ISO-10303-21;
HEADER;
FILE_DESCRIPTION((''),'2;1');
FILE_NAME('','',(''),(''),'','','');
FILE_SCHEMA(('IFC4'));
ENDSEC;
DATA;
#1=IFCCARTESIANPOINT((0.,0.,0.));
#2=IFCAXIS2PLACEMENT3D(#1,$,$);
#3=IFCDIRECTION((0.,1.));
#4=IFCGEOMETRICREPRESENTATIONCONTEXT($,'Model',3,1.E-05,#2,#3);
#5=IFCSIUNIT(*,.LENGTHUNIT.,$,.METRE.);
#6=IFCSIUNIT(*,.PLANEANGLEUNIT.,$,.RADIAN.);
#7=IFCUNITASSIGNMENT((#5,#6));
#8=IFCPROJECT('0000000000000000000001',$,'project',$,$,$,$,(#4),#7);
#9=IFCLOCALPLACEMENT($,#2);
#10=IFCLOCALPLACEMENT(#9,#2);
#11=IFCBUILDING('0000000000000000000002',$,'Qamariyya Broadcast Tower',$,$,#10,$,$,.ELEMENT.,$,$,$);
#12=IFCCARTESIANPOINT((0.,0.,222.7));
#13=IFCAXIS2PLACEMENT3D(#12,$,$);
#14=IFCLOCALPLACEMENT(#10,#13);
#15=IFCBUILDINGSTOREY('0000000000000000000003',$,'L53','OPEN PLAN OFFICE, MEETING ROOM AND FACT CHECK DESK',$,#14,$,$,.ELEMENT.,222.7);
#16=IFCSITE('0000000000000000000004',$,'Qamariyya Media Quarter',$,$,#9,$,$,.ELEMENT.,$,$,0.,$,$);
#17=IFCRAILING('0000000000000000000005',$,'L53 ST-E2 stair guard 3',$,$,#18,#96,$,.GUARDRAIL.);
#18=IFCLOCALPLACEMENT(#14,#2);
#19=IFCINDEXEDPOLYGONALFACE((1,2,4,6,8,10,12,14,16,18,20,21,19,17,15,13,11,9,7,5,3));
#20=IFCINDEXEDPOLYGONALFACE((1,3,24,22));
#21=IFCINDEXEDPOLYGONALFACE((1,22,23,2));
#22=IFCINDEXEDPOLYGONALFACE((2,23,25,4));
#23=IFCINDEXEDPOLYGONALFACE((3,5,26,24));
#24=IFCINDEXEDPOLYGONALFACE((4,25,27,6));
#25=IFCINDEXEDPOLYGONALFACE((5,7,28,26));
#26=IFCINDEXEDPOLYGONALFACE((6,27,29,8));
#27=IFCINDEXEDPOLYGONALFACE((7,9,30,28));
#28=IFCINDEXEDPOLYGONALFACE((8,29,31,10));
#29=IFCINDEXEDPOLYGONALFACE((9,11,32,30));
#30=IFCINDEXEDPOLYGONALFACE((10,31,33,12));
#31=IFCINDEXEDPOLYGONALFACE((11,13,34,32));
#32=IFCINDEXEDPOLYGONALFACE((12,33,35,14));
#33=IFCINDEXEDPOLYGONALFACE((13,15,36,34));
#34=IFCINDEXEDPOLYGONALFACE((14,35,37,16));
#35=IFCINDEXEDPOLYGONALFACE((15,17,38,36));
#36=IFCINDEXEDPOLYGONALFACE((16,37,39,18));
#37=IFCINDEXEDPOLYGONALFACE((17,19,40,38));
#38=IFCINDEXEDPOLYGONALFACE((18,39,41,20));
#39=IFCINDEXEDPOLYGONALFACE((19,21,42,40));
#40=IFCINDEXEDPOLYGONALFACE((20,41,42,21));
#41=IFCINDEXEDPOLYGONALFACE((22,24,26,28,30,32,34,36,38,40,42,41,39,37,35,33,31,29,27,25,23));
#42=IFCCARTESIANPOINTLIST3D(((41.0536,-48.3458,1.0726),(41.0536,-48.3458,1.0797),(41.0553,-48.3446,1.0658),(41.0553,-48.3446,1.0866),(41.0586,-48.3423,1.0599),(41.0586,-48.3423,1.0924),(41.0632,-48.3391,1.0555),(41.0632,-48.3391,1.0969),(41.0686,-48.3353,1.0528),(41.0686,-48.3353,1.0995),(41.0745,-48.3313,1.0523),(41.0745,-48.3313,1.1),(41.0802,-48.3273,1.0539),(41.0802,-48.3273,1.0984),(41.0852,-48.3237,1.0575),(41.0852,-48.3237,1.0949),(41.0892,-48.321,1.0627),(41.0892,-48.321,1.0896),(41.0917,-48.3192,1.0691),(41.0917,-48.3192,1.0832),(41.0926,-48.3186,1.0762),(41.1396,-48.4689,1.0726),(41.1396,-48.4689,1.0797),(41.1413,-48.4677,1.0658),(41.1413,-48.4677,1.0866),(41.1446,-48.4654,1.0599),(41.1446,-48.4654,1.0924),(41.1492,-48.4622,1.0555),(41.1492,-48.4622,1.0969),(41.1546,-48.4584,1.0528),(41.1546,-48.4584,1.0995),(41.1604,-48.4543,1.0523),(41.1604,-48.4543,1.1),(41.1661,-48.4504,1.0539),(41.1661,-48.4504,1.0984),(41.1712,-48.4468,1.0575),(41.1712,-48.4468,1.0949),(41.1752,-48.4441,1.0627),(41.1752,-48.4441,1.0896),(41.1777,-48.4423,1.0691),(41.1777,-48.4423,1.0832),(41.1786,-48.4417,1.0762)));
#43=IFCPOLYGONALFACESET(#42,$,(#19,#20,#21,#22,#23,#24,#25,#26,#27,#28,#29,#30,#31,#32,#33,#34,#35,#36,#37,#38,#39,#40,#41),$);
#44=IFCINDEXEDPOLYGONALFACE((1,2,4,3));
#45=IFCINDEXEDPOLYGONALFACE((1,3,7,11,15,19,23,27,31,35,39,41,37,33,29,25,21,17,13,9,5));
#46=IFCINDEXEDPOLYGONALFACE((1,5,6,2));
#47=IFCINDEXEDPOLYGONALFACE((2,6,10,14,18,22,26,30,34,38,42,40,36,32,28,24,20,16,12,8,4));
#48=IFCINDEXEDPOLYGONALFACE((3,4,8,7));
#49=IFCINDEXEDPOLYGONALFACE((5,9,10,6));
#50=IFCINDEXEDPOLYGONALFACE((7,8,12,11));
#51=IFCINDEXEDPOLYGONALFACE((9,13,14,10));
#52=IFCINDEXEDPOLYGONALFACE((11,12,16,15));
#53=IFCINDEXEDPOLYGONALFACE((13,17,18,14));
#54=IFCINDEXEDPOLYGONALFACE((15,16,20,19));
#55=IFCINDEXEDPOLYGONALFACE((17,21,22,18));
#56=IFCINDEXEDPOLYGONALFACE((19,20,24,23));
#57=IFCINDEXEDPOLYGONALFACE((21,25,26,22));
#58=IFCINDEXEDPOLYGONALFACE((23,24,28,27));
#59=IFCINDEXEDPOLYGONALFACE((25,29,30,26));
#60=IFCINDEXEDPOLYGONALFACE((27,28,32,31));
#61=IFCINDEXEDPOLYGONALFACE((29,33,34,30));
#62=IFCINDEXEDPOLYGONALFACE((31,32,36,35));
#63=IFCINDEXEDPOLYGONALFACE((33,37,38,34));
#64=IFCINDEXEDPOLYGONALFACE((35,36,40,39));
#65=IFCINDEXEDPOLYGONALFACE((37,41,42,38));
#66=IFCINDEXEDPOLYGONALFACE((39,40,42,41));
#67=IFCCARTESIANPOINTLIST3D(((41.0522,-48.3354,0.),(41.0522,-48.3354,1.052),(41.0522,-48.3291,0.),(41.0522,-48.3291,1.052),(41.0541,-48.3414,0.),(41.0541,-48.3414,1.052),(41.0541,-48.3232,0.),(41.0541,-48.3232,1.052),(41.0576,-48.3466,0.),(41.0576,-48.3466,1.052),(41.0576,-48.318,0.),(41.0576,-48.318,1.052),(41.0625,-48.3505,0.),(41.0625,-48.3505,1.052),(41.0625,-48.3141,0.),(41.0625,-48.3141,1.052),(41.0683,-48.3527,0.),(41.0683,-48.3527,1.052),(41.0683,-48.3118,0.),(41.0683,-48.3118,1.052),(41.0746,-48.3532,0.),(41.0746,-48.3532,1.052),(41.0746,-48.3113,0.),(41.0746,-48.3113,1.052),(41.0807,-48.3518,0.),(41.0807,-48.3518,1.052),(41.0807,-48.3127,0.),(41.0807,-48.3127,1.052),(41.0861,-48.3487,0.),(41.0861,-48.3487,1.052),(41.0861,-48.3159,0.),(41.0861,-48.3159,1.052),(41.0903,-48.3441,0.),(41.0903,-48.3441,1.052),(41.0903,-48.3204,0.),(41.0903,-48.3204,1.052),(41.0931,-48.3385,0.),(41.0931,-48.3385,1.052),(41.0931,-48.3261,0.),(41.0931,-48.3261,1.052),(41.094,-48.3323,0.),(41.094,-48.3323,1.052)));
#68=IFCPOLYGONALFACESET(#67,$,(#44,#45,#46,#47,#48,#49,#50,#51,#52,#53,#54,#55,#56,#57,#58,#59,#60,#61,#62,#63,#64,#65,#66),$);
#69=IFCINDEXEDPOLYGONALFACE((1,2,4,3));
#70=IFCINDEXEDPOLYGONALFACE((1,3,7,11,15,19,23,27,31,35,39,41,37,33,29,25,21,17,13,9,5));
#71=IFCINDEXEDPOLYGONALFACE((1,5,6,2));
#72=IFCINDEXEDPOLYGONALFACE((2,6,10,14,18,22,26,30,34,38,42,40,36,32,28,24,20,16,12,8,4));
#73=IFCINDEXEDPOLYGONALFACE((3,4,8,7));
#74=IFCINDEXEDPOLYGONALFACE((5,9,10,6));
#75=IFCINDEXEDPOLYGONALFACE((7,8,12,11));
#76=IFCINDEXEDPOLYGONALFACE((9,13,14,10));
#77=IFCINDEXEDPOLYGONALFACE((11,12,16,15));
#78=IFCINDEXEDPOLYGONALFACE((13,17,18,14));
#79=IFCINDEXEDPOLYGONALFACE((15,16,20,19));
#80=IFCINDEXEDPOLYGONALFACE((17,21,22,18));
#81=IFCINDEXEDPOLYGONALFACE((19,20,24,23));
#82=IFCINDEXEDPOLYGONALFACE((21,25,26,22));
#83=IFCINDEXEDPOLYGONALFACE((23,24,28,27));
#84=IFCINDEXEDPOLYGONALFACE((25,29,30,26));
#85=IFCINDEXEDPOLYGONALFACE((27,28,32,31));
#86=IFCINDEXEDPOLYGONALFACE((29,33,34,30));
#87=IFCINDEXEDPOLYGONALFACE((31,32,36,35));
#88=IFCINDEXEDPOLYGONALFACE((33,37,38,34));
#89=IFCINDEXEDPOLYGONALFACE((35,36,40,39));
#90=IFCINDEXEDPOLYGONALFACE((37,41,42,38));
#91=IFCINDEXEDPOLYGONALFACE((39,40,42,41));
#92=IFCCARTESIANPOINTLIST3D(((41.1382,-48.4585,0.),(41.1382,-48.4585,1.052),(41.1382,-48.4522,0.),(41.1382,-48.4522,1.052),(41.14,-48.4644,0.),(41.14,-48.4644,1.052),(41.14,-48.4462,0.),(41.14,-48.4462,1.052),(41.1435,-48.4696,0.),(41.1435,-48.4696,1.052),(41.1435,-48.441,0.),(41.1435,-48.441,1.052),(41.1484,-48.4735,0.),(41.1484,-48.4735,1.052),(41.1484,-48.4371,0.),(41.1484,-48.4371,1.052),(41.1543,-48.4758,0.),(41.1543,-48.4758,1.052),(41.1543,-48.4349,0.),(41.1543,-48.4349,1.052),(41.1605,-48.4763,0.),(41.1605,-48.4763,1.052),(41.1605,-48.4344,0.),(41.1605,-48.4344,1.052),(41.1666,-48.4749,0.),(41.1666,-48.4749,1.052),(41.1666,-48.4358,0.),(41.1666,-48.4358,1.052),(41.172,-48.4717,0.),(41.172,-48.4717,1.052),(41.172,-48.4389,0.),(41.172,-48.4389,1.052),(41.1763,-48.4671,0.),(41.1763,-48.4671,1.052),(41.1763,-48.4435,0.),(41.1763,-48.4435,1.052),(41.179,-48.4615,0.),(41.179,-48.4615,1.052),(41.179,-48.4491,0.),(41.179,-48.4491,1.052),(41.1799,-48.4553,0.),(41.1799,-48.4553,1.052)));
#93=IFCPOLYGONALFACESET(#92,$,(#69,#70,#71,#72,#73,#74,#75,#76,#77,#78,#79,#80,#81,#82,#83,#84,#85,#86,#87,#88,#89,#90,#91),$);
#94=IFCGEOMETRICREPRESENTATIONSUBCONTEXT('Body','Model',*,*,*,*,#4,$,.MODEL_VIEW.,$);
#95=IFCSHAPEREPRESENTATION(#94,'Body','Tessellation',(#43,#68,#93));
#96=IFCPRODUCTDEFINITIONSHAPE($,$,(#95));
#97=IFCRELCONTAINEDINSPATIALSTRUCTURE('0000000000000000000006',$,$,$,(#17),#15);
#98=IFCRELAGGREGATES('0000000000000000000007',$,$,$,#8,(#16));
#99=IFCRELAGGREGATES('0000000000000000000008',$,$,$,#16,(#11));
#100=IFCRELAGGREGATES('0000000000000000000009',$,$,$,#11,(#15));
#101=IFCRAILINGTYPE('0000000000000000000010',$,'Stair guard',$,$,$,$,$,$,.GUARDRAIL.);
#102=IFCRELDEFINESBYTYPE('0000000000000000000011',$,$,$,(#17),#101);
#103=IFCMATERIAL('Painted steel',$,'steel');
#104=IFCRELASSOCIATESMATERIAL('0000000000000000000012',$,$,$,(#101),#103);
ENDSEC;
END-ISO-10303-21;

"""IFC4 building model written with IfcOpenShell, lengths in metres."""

from ifc_helpers import new_model, si_unit, direction, frame, origin, origin_2d, place, context, subcontext, project, spatial, circle, extrude, material, type_object, element, save


model = new_model("IFC4")

# Units and contexts
model_context = context("Model", 3, precision=1e-05, world=origin(), true_north=direction((0.0, 1.0)))
body_context = subcontext(model_context, "Body", "Model", "MODEL_VIEW")
ifc_project = project(units=[si_unit("LENGTHUNIT", "METRE"), si_unit("PLANEANGLEUNIT", "RADIAN")], contexts=[model_context])

# Site, building, storey
site_placement = place(None, origin())
site = spatial("IfcSite", under=ifc_project, at=site_placement, Name="Qamariyya Media Quarter", CompositionType="ELEMENT", RefElevation=0.0)
building_placement = place(site_placement, origin())
building = spatial("IfcBuilding", under=site, at=building_placement, Name="Qamariyya Broadcast Tower", CompositionType="ELEMENT")
storey_placement = place(building_placement, frame((0.0, 0.0, 222.7)))
storey = spatial("IfcBuildingStorey", under=building, at=storey_placement, Name="L53", Description="OPEN PLAN OFFICE, MEETING ROOM AND FACT CHECK DESK", CompositionType="ELEMENT", Elevation=222.7)

# Railing
ifc_material_1 = material(Name="Painted steel", Category="steel")
railing_type_1 = type_object("IfcRailingType", Name="Stair guard", PredefinedType="GUARDRAIL", material=ifc_material_1)
railing_1_placement = place(storey_placement, frame((41.073, -48.3323, 0.0)))
element("IfcRailing", 1, at=railing_1_placement, inside=storey, type_object=railing_type_1, Name="L53 ST-E2 stair guard 3", PredefinedType="GUARDRAIL", context=body_context, shape_type="SweptSolid", body=[
    extrude(circle(Radius=0.0239, at=origin_2d()), frame((0.0, 0.0, 1.0762), z_axis=(0.572589, -0.819843, 0.0), x_axis=(0.819843, 0.572589, 0.0)), (0.0, 0.0, 1.0), 0.1501),
    extrude(circle(Radius=0.021, at=origin_2d()), origin(), (0.0, 0.0, 1.0), 1.052),
    extrude(circle(Radius=0.021, at=origin_2d()), frame((0.0859, -0.123, 0.0)), (0.0, 0.0, 1.0), 1.052),
])

save(model, "model.ifc")
